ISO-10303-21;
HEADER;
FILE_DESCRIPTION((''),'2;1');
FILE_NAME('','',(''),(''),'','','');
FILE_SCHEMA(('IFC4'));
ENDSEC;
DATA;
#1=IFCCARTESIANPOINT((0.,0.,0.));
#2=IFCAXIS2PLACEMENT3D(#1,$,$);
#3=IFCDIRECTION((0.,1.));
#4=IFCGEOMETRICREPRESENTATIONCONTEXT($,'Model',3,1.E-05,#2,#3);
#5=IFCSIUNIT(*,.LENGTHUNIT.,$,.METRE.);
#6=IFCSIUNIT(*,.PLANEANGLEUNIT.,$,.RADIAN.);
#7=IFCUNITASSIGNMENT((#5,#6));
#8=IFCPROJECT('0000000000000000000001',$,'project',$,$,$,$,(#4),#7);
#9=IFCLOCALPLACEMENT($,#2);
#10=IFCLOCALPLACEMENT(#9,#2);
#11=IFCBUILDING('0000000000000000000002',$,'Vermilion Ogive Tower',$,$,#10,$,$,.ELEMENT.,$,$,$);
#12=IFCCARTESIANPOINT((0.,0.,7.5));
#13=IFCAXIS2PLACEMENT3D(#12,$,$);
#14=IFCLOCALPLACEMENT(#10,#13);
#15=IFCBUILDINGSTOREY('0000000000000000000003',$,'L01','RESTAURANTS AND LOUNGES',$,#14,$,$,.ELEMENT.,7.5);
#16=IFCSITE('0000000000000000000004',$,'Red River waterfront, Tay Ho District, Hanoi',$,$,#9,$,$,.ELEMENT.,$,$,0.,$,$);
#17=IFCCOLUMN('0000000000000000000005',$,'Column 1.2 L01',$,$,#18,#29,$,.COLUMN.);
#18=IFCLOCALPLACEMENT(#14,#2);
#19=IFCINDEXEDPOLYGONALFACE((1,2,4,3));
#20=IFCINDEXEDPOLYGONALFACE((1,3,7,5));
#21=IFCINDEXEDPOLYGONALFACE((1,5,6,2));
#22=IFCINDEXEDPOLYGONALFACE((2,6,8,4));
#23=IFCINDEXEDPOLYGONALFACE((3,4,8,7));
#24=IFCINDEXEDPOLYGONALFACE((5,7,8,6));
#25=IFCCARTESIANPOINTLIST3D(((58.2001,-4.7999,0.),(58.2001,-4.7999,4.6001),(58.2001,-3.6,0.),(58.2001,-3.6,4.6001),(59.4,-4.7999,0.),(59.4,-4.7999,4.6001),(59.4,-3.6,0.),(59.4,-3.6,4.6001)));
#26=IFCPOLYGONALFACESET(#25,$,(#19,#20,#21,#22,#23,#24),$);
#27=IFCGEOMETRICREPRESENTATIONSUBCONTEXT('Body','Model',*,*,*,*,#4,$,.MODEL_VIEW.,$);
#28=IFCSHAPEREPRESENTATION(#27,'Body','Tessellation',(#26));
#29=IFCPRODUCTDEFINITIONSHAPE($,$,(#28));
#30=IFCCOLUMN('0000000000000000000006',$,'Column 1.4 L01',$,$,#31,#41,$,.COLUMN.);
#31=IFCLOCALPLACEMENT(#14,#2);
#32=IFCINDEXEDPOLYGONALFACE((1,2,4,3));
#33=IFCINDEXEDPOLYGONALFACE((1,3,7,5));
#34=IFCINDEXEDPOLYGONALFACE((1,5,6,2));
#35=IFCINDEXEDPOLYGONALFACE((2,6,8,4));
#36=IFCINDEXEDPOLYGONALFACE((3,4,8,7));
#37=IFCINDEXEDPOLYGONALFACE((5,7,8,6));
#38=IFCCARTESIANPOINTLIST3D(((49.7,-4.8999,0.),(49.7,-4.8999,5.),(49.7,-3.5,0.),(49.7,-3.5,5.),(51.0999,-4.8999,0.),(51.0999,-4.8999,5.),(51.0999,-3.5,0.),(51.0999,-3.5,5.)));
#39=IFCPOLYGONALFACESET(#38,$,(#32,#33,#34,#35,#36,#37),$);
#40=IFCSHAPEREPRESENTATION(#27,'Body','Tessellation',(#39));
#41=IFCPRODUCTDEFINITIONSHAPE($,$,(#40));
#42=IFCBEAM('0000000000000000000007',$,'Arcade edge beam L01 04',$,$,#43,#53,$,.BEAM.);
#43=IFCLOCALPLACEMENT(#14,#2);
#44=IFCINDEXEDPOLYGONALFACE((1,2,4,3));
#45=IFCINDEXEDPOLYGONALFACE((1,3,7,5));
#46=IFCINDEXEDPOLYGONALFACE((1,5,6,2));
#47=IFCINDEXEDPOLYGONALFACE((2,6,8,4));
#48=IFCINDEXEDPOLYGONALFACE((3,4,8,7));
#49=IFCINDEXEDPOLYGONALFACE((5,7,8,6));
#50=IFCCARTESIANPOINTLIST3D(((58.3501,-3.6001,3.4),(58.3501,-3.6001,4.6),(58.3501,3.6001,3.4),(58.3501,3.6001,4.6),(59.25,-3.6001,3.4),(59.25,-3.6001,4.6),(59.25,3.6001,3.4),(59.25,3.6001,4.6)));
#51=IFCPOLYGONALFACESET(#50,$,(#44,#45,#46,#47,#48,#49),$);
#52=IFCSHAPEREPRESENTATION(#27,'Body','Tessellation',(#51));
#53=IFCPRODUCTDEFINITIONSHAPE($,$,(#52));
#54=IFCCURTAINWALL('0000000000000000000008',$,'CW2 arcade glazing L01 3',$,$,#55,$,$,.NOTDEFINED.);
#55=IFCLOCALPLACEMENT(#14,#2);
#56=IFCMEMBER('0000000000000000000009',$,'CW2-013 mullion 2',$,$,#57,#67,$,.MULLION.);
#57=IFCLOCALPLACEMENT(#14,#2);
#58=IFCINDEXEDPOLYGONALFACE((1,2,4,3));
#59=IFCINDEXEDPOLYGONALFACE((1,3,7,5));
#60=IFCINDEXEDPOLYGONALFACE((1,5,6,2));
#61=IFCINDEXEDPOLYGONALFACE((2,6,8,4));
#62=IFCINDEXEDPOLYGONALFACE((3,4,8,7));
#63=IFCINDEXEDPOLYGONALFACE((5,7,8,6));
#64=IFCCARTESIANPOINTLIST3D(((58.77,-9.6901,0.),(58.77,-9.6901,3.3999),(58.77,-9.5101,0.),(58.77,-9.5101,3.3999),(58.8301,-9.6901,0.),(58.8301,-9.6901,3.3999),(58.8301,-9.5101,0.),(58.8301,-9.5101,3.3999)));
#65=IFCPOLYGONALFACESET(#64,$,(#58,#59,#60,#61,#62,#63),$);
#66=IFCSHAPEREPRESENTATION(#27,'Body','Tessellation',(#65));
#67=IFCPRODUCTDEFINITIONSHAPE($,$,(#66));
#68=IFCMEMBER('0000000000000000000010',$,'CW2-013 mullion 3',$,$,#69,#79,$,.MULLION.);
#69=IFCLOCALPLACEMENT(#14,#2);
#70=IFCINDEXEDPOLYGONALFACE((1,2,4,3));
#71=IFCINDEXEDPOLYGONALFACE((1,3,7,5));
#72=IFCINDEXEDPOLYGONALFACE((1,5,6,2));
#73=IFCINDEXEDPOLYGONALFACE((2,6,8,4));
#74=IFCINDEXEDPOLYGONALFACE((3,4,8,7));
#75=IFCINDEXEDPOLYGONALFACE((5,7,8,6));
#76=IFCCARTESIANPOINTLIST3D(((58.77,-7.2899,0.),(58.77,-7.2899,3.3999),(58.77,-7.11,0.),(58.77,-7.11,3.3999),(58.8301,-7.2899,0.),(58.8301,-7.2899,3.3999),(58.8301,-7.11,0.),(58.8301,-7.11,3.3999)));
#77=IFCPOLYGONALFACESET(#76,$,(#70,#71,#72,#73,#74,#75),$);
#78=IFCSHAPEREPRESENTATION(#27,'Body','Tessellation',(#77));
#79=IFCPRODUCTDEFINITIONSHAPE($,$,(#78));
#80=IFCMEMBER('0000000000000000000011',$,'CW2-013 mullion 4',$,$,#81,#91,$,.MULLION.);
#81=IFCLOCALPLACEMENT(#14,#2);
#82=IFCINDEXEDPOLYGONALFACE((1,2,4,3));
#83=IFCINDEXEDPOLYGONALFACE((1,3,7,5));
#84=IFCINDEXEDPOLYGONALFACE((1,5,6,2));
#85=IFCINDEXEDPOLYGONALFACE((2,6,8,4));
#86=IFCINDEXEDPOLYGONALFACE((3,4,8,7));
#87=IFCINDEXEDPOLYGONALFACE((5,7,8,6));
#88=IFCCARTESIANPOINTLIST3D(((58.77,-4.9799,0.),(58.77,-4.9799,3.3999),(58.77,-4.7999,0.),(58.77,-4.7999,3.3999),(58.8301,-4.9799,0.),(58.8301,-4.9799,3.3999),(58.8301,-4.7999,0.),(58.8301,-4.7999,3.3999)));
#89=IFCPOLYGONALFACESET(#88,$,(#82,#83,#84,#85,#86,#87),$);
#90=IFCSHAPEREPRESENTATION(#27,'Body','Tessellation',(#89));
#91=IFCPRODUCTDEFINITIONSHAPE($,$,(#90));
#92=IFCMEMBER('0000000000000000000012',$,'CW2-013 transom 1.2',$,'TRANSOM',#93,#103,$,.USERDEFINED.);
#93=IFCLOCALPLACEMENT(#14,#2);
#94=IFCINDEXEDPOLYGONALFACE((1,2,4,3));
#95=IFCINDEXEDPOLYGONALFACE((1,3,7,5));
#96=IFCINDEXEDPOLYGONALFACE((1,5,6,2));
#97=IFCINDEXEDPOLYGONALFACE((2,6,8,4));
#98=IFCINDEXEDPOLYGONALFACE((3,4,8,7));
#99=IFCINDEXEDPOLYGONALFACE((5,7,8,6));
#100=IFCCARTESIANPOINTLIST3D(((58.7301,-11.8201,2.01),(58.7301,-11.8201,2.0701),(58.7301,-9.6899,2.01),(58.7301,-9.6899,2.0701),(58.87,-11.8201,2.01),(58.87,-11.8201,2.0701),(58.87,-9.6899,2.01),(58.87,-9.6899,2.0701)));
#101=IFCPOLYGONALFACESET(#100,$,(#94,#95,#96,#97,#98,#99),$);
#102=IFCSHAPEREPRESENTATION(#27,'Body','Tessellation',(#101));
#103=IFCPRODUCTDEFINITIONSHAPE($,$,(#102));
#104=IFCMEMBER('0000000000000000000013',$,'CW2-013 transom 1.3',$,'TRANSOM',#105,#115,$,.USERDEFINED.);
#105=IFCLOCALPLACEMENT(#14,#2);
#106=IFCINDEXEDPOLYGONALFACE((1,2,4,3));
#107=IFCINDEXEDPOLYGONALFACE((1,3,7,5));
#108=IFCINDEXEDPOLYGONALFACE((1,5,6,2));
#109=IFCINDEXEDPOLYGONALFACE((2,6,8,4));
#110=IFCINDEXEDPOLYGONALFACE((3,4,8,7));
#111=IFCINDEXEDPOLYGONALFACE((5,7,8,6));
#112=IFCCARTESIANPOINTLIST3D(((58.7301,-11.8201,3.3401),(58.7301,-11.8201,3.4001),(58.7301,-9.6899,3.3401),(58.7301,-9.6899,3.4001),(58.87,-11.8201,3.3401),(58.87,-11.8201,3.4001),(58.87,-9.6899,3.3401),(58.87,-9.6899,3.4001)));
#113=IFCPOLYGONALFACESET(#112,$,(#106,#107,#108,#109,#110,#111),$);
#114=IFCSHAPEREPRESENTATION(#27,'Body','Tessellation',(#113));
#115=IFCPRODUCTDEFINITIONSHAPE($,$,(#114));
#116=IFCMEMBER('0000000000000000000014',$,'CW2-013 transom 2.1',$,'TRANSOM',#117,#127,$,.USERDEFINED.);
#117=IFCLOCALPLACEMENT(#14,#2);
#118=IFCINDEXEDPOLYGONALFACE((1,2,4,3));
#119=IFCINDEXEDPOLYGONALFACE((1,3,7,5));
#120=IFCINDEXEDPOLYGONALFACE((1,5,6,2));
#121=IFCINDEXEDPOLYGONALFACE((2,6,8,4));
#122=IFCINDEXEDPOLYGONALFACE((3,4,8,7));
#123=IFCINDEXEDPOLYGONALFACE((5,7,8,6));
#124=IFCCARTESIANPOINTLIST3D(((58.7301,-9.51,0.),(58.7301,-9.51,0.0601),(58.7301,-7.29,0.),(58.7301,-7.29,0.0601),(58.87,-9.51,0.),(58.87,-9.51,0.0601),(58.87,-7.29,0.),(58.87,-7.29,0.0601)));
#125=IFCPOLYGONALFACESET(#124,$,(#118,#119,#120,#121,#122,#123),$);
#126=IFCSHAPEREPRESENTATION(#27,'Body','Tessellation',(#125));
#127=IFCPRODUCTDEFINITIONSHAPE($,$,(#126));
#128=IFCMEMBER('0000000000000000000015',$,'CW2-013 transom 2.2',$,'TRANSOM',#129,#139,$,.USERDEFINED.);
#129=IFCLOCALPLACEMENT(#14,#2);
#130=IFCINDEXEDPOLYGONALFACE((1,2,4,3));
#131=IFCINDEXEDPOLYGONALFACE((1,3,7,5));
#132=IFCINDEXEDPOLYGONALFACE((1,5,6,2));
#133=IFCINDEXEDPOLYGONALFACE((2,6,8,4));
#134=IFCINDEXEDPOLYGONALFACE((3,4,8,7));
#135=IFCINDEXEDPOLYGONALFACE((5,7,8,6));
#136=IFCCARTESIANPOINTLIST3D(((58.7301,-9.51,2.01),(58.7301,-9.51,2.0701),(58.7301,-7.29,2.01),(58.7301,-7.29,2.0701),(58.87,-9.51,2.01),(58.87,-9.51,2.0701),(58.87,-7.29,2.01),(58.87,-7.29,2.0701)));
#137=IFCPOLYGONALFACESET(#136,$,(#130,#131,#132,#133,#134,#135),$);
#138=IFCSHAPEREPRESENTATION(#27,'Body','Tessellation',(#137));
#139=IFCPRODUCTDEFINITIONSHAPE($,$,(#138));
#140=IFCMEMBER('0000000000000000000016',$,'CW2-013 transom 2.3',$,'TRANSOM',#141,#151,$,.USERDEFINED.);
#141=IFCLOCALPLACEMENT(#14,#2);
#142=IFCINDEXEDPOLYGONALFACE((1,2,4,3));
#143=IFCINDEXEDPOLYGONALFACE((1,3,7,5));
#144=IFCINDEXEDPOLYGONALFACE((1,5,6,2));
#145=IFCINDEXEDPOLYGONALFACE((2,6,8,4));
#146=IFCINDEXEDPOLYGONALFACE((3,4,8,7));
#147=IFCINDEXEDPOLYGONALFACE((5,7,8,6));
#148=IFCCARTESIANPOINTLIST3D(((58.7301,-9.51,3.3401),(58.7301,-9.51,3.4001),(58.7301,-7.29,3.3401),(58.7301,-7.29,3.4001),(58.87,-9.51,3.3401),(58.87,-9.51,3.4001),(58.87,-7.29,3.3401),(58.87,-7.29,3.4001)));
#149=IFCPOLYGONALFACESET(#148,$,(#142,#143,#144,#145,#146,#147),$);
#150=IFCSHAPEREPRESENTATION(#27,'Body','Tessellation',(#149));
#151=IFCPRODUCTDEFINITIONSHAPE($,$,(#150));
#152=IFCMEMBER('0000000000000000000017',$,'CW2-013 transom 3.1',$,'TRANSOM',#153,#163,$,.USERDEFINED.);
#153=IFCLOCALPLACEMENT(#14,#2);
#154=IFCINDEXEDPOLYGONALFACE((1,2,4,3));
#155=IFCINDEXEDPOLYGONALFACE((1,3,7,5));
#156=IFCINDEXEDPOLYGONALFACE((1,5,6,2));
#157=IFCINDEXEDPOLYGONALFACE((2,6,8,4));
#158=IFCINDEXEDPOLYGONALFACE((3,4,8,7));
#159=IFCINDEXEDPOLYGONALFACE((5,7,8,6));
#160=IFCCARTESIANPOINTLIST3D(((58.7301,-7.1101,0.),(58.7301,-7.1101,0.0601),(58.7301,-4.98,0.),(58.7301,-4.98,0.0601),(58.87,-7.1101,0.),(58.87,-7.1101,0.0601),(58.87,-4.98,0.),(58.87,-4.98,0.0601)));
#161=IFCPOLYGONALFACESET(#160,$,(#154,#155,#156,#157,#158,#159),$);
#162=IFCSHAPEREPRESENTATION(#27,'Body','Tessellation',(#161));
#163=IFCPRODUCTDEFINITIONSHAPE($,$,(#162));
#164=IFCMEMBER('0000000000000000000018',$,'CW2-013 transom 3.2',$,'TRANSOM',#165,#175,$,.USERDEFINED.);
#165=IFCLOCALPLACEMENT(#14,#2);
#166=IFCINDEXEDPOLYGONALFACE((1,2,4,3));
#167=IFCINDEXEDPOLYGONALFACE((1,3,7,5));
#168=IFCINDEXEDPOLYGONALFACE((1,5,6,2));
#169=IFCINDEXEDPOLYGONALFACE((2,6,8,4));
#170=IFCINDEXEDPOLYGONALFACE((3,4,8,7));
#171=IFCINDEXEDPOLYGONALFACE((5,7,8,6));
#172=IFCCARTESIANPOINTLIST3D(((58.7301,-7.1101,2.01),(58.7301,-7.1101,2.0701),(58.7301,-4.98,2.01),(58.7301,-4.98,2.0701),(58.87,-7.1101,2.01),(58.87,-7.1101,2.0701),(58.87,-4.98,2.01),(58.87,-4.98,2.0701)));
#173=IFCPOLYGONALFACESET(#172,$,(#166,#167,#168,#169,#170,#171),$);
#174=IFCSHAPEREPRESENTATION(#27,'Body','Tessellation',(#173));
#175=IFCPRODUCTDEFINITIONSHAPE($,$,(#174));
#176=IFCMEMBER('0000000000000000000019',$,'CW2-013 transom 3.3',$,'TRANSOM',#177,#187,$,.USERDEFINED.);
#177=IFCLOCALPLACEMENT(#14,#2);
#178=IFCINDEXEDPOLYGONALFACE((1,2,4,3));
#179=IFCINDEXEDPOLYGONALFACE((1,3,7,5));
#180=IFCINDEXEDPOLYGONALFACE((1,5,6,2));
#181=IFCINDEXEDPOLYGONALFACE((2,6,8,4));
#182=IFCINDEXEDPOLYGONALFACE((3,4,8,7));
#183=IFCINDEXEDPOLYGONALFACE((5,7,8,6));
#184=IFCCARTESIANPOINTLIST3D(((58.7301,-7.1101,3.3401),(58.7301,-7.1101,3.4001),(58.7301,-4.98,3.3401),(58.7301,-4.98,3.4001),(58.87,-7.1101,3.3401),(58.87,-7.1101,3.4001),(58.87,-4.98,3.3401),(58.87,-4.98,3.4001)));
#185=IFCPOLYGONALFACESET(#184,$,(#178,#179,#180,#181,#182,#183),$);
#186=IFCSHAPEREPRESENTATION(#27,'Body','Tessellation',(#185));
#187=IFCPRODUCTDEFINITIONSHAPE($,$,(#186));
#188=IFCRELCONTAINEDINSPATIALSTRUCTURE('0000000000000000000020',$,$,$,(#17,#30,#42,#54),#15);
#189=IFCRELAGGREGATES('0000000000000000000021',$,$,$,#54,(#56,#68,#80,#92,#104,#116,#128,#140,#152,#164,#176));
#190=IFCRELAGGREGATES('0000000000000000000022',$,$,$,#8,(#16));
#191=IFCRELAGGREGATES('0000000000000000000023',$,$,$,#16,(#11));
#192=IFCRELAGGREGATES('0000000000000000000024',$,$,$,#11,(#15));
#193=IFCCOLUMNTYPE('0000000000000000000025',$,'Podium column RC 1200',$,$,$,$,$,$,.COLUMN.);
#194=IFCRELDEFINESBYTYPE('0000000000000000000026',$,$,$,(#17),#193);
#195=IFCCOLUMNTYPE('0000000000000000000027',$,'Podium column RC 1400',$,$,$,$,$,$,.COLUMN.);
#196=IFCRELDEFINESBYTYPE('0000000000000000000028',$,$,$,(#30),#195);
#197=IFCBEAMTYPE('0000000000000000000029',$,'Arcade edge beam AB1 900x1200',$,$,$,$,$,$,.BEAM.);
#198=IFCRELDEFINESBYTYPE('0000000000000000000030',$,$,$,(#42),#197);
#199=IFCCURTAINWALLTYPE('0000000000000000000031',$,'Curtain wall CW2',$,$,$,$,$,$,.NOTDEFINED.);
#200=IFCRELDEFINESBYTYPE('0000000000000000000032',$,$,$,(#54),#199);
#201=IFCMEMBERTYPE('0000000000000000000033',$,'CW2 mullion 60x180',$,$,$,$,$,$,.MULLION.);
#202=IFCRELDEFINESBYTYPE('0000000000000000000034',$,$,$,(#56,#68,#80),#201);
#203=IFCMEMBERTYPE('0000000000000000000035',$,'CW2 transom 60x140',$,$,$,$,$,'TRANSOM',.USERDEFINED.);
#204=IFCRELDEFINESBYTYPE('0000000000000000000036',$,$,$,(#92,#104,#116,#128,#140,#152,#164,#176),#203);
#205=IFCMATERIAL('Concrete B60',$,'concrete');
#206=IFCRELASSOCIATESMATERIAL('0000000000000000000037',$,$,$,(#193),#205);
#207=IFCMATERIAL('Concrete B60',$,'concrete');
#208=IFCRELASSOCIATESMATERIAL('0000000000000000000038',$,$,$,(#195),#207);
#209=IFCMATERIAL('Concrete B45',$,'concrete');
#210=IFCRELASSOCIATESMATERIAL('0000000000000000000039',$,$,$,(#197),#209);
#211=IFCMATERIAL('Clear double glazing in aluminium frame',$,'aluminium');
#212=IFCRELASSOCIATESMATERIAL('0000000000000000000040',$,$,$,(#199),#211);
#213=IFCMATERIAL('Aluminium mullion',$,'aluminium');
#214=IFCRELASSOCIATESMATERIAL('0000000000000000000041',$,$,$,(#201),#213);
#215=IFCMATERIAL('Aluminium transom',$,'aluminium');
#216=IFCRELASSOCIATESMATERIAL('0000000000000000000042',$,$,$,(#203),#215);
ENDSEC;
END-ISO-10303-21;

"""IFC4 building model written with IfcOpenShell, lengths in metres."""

from ifc_helpers import new_model, si_unit, direction, frame, origin, origin_2d, place, context, subcontext, project, spatial, rectangle, extrude, material, material_profile, profile_set, type_object, element, aggregate, save


model = new_model("IFC4")

# Units and contexts
model_context = context("Model", 3, precision=1e-05, world=origin(), true_north=direction((0.0, 1.0)))
body_context = subcontext(model_context, "Body", "Model", "MODEL_VIEW")
ifc_project = project(units=[si_unit("LENGTHUNIT", "METRE"), si_unit("PLANEANGLEUNIT", "RADIAN")], contexts=[model_context])

# Site, building, storey
site_placement = place(None, origin())
site = spatial("IfcSite", under=ifc_project, at=site_placement, Name="Red River waterfront, Tay Ho District, Hanoi", CompositionType="ELEMENT", RefElevation=0.0)
building_placement = place(site_placement, origin())
building = spatial("IfcBuilding", under=site, at=building_placement, Name="Vermilion Ogive Tower", CompositionType="ELEMENT")
storey_placement = place(building_placement, frame((0.0, 0.0, 7.5)))
storey = spatial("IfcBuildingStorey", under=building, at=storey_placement, Name="L01", Description="RESTAURANTS AND LOUNGES", CompositionType="ELEMENT", Elevation=7.5)

# Columns
ifc_material_1 = material(Name="Concrete B60", Category="concrete")
ifc_material_profile_1 = material_profile(ifc_material_1, rectangle(XDim=1.2, YDim=1.2, at=origin_2d()), Name="RC 1200x1200")
ifc_profile_set_1 = profile_set([ifc_material_profile_1], Name="Concrete B60")
column_type_1 = type_object("IfcColumnType", Name="Podium column RC 1200", PredefinedType="COLUMN", material=ifc_profile_set_1)
column_1_placement = place(storey_placement, frame((58.8, -4.2, 0.0), z_axis=(0.0, 0.0, 1.0), x_axis=(1.0, 0.0, 0.0)))
element("IfcColumn", 1, at=column_1_placement, inside=storey, type_object=column_type_1, Name="Column 1.2 L01", PredefinedType="COLUMN", context=body_context, shape_type="SweptSolid", body=[
    extrude(rectangle(XDim=1.2, YDim=1.2, at=origin_2d()), origin(), (0.0, 0.0, 1.0), 4.6001),
])
ifc_material_2 = material(Name="Concrete B60", Category="concrete")
ifc_material_profile_2 = material_profile(ifc_material_2, rectangle(XDim=1.3999, YDim=1.3999, at=origin_2d()), Name="RC 1400x1400")
ifc_profile_set_2 = profile_set([ifc_material_profile_2], Name="Concrete B60")
column_type_2 = type_object("IfcColumnType", Name="Podium column RC 1400", PredefinedType="COLUMN", material=ifc_profile_set_2)
column_2_placement = place(storey_placement, frame((50.3999, -4.2, 0.0), z_axis=(0.0, 0.0, 1.0), x_axis=(1.0, 0.0, 0.0)))
element("IfcColumn", 2, at=column_2_placement, inside=storey, type_object=column_type_2, Name="Column 1.4 L01", PredefinedType="COLUMN", context=body_context, shape_type="SweptSolid", body=[
    extrude(rectangle(XDim=1.3999, YDim=1.3999, at=origin_2d()), origin(), (0.0, 0.0, 1.0), 5.0),
])

# Beam
ifc_material_3 = material(Name="Concrete B45", Category="concrete")
ifc_material_profile_3 = material_profile(ifc_material_3, rectangle(XDim=0.8999, YDim=1.2, at=origin_2d()), Name="RC 900x1200")
ifc_profile_set_3 = profile_set([ifc_material_profile_3], Name="Concrete B45")
beam_type_1 = type_object("IfcBeamType", Name="Arcade edge beam AB1 900x1200", PredefinedType="BEAM", material=ifc_profile_set_3)
beam_1_placement = place(storey_placement, frame((58.8, -3.6001, 4.0), z_axis=(0.0, 1.0, 0.0), x_axis=(-1.0, 0.0, 0.0)))
element("IfcBeam", 3, at=beam_1_placement, inside=storey, type_object=beam_type_1, Name="Arcade edge beam L01 04", PredefinedType="BEAM", context=body_context, shape_type="SweptSolid", body=[
    extrude(rectangle(XDim=0.8999, YDim=1.2, at=origin_2d()), origin(), (0.0, 0.0, 1.0), 7.2002),
])

# Curtain wall, members
ifc_material_4 = material(Name="Clear double glazing in aluminium frame", Category="aluminium")
curtain_wall_type = type_object("IfcCurtainWallType", Name="Curtain wall CW2", PredefinedType="NOTDEFINED", material=ifc_material_4)
curtain_wall_placement = place(storey_placement, origin())
curtain_wall = element("IfcCurtainWall", 4, at=curtain_wall_placement, inside=storey, type_object=curtain_wall_type, Name="CW2 arcade glazing L01 3", PredefinedType="NOTDEFINED")
ifc_material_5 = material(Name="Aluminium mullion", Category="aluminium")
ifc_material_profile_4 = material_profile(ifc_material_5, rectangle(XDim=0.0601, YDim=0.1799, at=origin_2d()), Name="AL 60x180")
ifc_profile_set_4 = profile_set([ifc_material_profile_4], Name="Aluminium mullion")
member_type_1 = type_object("IfcMemberType", Name="CW2 mullion 60x180", PredefinedType="MULLION", material=ifc_profile_set_4)
member_1_placement = place(storey_placement, frame((58.8, -9.6001, 0.0), z_axis=(0.0, 0.0, 1.0), x_axis=(-1.0, 0.0, 0.0)))
member_1 = element("IfcMember", 5, at=member_1_placement, type_object=member_type_1, Name="CW2-013 mullion 2", PredefinedType="MULLION", context=body_context, shape_type="SweptSolid", body=[
    extrude(rectangle(XDim=0.0601, YDim=0.1799, at=origin_2d()), origin(), (0.0, 0.0, 1.0), 3.3999),
])
member_2_placement = place(storey_placement, frame((58.8, -7.2, 0.0), z_axis=(0.0, 0.0, 1.0), x_axis=(-1.0, 0.0, 0.0)))
member_2 = element("IfcMember", 6, at=member_2_placement, type_object=member_type_1, Name="CW2-013 mullion 3", PredefinedType="MULLION", context=body_context, shape_type="SweptSolid", body=[
    extrude(rectangle(XDim=0.0601, YDim=0.1799, at=origin_2d()), origin(), (0.0, 0.0, 1.0), 3.3999),
])
member_3_placement = place(storey_placement, frame((58.8, -4.8899, 0.0), z_axis=(0.0, 0.0, 1.0), x_axis=(-1.0, 0.0, 0.0)))
member_3 = element("IfcMember", 7, at=member_3_placement, type_object=member_type_1, Name="CW2-013 mullion 4", PredefinedType="MULLION", context=body_context, shape_type="SweptSolid", body=[
    extrude(rectangle(XDim=0.0601, YDim=0.1799, at=origin_2d()), origin(), (0.0, 0.0, 1.0), 3.3999),
])
ifc_material_6 = material(Name="Aluminium transom", Category="aluminium")
ifc_material_profile_5 = material_profile(ifc_material_6, rectangle(XDim=0.1399, YDim=0.0601, at=origin_2d()), Name="AL 60x140")
ifc_profile_set_5 = profile_set([ifc_material_profile_5], Name="Aluminium transom")
member_type_2 = type_object("IfcMemberType", Name="CW2 transom 60x140", ElementType="TRANSOM", PredefinedType="USERDEFINED", material=ifc_profile_set_5)
member_4_placement = place(storey_placement, frame((58.8, -11.8201, 2.04), z_axis=(0.0, 1.0, 0.0), x_axis=(-1.0, 0.0, 0.0)))
member_4 = element("IfcMember", 8, at=member_4_placement, type_object=member_type_2, Name="CW2-013 transom 1.2", ObjectType="TRANSOM", PredefinedType="USERDEFINED", context=body_context, shape_type="SweptSolid", body=[
    extrude(rectangle(XDim=0.1399, YDim=0.0601, at=origin_2d()), origin(), (0.0, 0.0, 1.0), 2.1301),
])
member_5_placement = place(storey_placement, frame((58.8, -11.8201, 3.3701), z_axis=(0.0, 1.0, 0.0), x_axis=(-1.0, 0.0, 0.0)))
member_5 = element("IfcMember", 9, at=member_5_placement, type_object=member_type_2, Name="CW2-013 transom 1.3", ObjectType="TRANSOM", PredefinedType="USERDEFINED", context=body_context, shape_type="SweptSolid", body=[
    extrude(rectangle(XDim=0.1399, YDim=0.0601, at=origin_2d()), origin(), (0.0, 0.0, 1.0), 2.1301),
])
member_6_placement = place(storey_placement, frame((58.8, -9.51, 0.03), z_axis=(0.0, 1.0, 0.0), x_axis=(-1.0, 0.0, 0.0)))
member_6 = element("IfcMember", 10, at=member_6_placement, type_object=member_type_2, Name="CW2-013 transom 2.1", ObjectType="TRANSOM", PredefinedType="USERDEFINED", context=body_context, shape_type="SweptSolid", body=[
    extrude(rectangle(XDim=0.1399, YDim=0.0601, at=origin_2d()), origin(), (0.0, 0.0, 1.0), 2.22),
])
member_7_placement = place(storey_placement, frame((58.8, -9.51, 2.04), z_axis=(0.0, 1.0, 0.0), x_axis=(-1.0, 0.0, 0.0)))
member_7 = element("IfcMember", 11, at=member_7_placement, type_object=member_type_2, Name="CW2-013 transom 2.2", ObjectType="TRANSOM", PredefinedType="USERDEFINED", context=body_context, shape_type="SweptSolid", body=[
    extrude(rectangle(XDim=0.1399, YDim=0.0601, at=origin_2d()), origin(), (0.0, 0.0, 1.0), 2.22),
])
member_8_placement = place(storey_placement, frame((58.8, -9.51, 3.3701), z_axis=(0.0, 1.0, 0.0), x_axis=(-1.0, 0.0, 0.0)))
member_8 = element("IfcMember", 12, at=member_8_placement, type_object=member_type_2, Name="CW2-013 transom 2.3", ObjectType="TRANSOM", PredefinedType="USERDEFINED", context=body_context, shape_type="SweptSolid", body=[
    extrude(rectangle(XDim=0.1399, YDim=0.0601, at=origin_2d()), origin(), (0.0, 0.0, 1.0), 2.22),
])
member_9_placement = place(storey_placement, frame((58.8, -7.1101, 0.03), z_axis=(0.0, 1.0, 0.0), x_axis=(-1.0, 0.0, 0.0)))
member_9 = element("IfcMember", 13, at=member_9_placement, type_object=member_type_2, Name="CW2-013 transom 3.1", ObjectType="TRANSOM", PredefinedType="USERDEFINED", context=body_context, shape_type="SweptSolid", body=[
    extrude(rectangle(XDim=0.1399, YDim=0.0601, at=origin_2d()), origin(), (0.0, 0.0, 1.0), 2.1301),
])
member_10_placement = place(storey_placement, frame((58.8, -7.1101, 2.04), z_axis=(0.0, 1.0, 0.0), x_axis=(-1.0, 0.0, 0.0)))
member_10 = element("IfcMember", 14, at=member_10_placement, type_object=member_type_2, Name="CW2-013 transom 3.2", ObjectType="TRANSOM", PredefinedType="USERDEFINED", context=body_context, shape_type="SweptSolid", body=[
    extrude(rectangle(XDim=0.1399, YDim=0.0601, at=origin_2d()), origin(), (0.0, 0.0, 1.0), 2.1301),
])
member_11_placement = place(storey_placement, frame((58.8, -7.1101, 3.3701), z_axis=(0.0, 1.0, 0.0), x_axis=(-1.0, 0.0, 0.0)))
member_11 = element("IfcMember", 15, at=member_11_placement, type_object=member_type_2, Name="CW2-013 transom 3.3", ObjectType="TRANSOM", PredefinedType="USERDEFINED", context=body_context, shape_type="SweptSolid", body=[
    extrude(rectangle(XDim=0.1399, YDim=0.0601, at=origin_2d()), origin(), (0.0, 0.0, 1.0), 2.1301),
])

aggregate(curtain_wall, [member_1, member_2, member_3, member_4, member_5, member_6, member_7, member_8, member_9, member_10, member_11])

save(model, "model.ifc")
